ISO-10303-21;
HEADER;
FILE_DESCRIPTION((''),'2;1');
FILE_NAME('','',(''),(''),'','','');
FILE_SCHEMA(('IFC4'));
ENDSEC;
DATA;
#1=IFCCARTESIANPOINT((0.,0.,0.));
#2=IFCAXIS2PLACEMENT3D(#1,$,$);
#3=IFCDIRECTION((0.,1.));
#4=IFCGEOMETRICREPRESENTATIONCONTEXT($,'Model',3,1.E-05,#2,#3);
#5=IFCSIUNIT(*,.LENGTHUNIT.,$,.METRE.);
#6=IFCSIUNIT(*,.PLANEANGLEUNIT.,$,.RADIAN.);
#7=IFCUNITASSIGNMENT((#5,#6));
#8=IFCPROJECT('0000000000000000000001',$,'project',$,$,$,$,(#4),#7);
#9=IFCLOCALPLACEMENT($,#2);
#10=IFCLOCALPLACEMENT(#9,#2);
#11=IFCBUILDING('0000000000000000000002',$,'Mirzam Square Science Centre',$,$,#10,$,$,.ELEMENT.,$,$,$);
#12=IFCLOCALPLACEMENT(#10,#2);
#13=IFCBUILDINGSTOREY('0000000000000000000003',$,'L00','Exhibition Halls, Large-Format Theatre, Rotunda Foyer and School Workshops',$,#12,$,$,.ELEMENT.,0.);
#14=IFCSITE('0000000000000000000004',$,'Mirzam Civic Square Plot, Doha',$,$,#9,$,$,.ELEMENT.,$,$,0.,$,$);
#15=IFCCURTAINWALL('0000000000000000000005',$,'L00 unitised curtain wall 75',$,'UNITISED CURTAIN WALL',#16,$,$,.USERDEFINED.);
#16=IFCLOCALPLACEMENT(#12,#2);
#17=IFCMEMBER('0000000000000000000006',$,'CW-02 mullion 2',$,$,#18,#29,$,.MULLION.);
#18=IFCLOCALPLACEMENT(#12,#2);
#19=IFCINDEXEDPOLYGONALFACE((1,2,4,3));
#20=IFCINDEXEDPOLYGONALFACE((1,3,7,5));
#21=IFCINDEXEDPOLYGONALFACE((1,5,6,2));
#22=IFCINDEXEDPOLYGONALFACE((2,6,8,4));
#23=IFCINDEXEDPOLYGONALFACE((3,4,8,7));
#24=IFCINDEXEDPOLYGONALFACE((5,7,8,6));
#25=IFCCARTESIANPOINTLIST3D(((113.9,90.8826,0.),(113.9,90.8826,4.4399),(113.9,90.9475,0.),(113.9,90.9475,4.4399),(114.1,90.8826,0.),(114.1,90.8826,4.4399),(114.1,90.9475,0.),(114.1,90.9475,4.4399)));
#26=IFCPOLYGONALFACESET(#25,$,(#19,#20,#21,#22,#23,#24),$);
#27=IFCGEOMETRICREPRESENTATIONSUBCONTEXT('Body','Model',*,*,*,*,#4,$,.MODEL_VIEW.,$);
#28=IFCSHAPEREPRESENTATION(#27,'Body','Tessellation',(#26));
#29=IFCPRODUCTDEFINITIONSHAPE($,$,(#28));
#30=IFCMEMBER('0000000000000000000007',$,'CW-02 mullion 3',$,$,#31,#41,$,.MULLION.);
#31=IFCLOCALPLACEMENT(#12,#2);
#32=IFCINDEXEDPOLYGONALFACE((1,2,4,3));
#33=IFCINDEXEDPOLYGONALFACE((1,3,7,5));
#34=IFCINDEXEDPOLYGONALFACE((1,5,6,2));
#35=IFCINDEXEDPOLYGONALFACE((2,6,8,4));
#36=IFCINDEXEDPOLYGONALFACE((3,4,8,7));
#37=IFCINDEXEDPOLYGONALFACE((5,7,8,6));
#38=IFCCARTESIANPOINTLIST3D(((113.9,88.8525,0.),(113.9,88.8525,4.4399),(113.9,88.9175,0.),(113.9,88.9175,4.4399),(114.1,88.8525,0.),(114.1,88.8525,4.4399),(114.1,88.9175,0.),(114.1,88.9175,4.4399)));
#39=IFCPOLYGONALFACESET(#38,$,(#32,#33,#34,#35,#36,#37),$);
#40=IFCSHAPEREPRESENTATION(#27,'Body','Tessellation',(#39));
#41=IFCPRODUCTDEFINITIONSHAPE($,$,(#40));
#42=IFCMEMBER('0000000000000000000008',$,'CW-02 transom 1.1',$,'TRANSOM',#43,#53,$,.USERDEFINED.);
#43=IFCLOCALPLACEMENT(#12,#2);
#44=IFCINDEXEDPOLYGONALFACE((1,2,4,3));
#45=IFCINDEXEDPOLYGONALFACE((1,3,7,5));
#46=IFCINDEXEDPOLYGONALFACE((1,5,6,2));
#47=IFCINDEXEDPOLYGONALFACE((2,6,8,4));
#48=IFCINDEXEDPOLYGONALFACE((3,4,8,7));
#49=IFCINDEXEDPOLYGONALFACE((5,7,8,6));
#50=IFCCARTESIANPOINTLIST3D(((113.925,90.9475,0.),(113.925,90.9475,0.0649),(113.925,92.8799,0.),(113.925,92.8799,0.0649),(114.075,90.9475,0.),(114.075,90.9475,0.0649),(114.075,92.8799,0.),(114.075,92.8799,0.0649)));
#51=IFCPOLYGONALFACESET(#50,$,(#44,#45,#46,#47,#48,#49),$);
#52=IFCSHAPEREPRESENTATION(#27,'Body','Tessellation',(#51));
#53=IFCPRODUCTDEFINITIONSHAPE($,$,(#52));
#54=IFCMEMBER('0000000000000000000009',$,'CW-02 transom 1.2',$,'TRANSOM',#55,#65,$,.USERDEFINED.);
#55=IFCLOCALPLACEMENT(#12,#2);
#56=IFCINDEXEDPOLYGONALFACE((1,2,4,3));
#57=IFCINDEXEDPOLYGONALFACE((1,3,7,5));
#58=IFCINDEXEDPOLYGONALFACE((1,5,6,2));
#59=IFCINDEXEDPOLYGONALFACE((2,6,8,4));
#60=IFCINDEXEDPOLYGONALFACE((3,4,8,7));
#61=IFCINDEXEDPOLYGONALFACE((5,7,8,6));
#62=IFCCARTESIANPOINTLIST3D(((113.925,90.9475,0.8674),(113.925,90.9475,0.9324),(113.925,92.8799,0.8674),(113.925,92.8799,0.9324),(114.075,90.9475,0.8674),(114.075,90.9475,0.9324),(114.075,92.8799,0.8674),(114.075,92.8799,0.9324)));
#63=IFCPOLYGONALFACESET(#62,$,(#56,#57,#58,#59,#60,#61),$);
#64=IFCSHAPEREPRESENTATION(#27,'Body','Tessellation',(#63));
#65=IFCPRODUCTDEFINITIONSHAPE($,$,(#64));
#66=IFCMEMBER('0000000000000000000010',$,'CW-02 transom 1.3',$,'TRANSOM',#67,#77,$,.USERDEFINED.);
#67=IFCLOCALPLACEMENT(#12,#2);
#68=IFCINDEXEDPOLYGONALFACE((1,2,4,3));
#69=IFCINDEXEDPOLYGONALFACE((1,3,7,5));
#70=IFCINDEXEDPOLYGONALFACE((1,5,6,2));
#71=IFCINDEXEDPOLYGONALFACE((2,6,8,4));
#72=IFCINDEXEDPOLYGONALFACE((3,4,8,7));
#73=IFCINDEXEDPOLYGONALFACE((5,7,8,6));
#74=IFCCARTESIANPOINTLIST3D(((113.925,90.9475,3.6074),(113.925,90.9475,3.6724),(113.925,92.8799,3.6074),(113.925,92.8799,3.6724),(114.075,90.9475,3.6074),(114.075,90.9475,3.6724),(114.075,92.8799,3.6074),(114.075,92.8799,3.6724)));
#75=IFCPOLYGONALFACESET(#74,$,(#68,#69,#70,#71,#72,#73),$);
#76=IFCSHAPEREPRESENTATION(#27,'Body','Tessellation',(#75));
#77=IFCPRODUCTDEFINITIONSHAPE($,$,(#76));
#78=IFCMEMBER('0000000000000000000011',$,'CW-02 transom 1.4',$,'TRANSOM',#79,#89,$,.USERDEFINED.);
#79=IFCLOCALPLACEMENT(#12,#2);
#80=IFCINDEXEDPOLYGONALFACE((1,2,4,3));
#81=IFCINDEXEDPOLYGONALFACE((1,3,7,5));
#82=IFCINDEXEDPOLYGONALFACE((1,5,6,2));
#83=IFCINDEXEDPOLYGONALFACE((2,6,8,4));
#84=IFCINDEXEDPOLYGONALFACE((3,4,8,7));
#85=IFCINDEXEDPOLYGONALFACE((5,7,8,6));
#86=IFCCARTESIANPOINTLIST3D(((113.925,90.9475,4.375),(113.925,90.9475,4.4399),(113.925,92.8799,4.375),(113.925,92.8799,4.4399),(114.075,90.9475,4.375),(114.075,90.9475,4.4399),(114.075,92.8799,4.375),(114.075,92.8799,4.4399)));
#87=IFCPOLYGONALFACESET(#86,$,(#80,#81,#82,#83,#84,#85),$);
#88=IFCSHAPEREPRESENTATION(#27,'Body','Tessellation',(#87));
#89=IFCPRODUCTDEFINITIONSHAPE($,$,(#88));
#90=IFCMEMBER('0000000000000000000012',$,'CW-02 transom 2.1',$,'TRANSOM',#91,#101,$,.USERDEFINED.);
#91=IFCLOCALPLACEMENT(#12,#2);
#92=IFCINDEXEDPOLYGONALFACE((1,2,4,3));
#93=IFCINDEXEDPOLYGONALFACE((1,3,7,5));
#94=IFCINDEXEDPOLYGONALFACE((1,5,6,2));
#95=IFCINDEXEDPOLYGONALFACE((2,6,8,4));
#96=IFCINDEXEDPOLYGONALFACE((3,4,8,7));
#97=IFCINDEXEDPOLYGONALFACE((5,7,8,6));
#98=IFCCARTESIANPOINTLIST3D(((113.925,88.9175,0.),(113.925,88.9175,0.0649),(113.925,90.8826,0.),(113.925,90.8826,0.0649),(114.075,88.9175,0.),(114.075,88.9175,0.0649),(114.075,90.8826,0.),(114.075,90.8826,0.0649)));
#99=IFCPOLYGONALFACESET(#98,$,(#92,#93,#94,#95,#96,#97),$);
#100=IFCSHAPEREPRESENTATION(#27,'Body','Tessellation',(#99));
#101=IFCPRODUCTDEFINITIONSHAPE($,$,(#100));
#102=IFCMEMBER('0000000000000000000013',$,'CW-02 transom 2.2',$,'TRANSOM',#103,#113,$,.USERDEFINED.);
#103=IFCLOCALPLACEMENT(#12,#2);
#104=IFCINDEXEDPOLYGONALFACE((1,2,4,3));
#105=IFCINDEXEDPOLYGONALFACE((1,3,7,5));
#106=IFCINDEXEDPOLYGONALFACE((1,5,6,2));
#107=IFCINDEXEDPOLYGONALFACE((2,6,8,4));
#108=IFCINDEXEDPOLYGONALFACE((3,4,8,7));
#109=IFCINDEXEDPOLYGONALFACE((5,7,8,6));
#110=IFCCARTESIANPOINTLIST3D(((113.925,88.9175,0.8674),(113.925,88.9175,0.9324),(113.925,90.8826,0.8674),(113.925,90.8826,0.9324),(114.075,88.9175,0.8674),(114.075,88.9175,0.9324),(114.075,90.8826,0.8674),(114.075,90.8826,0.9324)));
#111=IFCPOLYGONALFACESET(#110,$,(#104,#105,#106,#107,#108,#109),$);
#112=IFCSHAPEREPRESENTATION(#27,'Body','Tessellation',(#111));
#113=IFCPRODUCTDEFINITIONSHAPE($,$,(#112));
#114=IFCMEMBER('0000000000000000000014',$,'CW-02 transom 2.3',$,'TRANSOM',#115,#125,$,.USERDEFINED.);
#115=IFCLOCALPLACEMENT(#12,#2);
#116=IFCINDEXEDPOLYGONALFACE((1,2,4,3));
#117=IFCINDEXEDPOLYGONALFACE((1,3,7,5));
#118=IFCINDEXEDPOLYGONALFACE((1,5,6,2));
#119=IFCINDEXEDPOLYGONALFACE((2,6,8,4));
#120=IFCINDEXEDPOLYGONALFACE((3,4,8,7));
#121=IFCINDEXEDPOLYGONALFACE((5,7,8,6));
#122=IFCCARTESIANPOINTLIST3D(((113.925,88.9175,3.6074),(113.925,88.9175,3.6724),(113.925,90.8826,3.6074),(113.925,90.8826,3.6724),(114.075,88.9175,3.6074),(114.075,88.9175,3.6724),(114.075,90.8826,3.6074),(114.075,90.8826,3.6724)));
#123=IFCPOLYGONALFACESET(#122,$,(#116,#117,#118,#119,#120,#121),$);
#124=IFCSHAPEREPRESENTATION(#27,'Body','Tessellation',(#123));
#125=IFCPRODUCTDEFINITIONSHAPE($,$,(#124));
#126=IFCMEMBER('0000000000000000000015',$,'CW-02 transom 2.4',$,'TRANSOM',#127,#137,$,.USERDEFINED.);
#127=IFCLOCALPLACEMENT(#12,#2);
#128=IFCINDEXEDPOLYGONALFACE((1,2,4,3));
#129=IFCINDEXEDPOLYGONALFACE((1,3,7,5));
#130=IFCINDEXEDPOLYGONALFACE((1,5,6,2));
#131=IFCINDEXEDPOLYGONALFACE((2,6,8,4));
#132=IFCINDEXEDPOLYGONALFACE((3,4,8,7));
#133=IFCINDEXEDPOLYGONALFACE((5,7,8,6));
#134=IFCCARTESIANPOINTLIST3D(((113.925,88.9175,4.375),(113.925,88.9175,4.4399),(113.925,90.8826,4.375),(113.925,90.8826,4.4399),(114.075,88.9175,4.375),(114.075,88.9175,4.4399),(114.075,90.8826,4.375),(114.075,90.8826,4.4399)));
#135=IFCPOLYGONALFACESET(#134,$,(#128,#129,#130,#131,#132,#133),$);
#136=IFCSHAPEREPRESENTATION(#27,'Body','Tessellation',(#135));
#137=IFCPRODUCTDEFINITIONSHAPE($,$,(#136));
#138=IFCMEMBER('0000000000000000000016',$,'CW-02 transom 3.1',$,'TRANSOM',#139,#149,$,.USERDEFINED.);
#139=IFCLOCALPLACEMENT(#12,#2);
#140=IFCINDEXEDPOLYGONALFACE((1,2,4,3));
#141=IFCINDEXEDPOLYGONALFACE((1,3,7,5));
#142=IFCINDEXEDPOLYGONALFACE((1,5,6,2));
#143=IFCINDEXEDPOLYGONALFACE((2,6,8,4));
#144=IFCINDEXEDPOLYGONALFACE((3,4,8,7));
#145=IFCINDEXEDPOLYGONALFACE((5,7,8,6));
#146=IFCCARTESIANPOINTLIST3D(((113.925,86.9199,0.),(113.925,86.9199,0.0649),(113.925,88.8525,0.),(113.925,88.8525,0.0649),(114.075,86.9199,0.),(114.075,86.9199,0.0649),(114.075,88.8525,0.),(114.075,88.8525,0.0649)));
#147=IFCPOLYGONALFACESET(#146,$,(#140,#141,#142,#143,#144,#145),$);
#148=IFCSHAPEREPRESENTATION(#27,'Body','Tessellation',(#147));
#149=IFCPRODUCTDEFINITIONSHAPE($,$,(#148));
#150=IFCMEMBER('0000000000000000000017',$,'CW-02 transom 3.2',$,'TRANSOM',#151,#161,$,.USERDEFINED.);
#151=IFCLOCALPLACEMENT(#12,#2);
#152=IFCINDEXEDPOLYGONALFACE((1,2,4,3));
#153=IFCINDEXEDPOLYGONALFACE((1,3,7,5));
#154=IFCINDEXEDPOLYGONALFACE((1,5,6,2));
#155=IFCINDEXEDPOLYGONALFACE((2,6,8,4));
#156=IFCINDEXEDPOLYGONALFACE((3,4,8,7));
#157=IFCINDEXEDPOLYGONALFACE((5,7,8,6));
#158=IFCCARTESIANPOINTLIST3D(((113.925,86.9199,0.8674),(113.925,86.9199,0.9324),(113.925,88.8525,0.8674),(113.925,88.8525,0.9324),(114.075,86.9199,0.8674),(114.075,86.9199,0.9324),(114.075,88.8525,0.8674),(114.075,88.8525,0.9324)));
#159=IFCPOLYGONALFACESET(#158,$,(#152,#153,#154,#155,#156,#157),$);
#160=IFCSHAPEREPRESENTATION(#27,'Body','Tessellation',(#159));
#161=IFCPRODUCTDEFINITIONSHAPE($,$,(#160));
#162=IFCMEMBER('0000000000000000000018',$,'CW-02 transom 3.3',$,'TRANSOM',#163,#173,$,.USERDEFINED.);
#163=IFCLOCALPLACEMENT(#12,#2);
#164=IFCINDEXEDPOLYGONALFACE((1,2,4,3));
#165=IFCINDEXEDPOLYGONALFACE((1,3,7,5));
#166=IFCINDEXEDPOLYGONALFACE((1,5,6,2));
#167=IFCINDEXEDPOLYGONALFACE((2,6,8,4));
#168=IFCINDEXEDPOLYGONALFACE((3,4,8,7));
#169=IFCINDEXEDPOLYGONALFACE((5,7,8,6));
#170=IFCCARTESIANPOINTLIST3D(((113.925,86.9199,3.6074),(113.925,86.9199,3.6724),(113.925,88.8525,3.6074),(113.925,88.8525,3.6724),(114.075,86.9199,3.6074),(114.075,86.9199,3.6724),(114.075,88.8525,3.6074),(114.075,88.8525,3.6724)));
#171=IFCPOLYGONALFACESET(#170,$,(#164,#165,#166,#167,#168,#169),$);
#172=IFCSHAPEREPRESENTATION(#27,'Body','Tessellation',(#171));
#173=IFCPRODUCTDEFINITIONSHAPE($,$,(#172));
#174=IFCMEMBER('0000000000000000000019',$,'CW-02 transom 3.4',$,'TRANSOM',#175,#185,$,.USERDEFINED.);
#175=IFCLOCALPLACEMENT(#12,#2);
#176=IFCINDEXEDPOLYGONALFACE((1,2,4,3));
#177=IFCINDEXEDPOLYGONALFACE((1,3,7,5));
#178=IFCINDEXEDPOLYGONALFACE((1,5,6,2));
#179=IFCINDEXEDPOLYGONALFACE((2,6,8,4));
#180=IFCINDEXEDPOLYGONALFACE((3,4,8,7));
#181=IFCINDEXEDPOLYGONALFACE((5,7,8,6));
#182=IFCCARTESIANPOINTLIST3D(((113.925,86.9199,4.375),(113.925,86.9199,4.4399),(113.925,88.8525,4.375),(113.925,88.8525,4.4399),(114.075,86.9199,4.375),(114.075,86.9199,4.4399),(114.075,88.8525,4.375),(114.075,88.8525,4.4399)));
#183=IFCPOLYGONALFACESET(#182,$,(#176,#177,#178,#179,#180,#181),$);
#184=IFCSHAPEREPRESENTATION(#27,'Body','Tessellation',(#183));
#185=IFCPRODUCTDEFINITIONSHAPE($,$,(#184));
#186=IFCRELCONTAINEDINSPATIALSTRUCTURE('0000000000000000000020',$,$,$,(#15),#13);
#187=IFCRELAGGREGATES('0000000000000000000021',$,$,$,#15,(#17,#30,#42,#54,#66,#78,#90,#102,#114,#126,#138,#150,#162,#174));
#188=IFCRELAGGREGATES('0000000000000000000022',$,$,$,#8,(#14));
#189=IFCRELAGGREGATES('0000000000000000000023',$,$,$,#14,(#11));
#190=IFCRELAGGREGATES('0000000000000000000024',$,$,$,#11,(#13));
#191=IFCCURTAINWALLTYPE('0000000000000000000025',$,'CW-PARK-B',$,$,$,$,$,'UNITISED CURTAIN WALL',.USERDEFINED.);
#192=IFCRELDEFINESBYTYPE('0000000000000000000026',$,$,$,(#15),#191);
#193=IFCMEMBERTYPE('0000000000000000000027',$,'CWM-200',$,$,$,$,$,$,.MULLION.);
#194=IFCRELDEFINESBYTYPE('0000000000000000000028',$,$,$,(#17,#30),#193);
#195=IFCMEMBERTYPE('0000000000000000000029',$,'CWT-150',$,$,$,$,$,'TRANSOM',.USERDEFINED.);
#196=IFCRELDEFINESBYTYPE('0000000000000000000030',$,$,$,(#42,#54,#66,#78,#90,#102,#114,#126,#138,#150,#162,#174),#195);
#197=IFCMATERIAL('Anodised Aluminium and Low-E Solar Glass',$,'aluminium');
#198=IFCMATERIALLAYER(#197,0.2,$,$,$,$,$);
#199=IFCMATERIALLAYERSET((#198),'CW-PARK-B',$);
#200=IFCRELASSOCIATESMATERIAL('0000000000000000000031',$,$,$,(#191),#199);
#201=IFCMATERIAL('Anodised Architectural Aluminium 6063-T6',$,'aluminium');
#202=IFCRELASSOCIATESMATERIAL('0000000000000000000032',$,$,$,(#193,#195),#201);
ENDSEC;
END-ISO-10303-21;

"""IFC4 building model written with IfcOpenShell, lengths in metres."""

from ifc_helpers import new_model, si_unit, direction, frame, origin, origin_2d, place, context, subcontext, project, spatial, rectangle, extrude, material, layer, layer_set, material_profile, profile_set, type_object, element, aggregate, save


model = new_model("IFC4")

# Units and contexts
model_context = context("Model", 3, precision=1e-05, world=origin(), true_north=direction((0.0, 1.0)))
body_context = subcontext(model_context, "Body", "Model", "MODEL_VIEW")
ifc_project = project(units=[si_unit("LENGTHUNIT", "METRE"), si_unit("PLANEANGLEUNIT", "RADIAN")], contexts=[model_context])

# Site, building, storey
site_placement = place(None, origin())
site = spatial("IfcSite", under=ifc_project, at=site_placement, Name="Mirzam Civic Square Plot, Doha", CompositionType="ELEMENT", RefElevation=0.0)
building_placement = place(site_placement, origin())
building = spatial("IfcBuilding", under=site, at=building_placement, Name="Mirzam Square Science Centre", CompositionType="ELEMENT")
storey_placement = place(building_placement, origin())
storey = spatial("IfcBuildingStorey", under=building, at=storey_placement, Name="L00", Description="Exhibition Halls, Large-Format Theatre, Rotunda Foyer and School Workshops", CompositionType="ELEMENT", Elevation=0.0)

# Curtain wall, members
ifc_material_1 = material(Name="Anodised Aluminium and Low-E Solar Glass", Category="aluminium")
ifc_layer_1 = layer(ifc_material_1, 0.2)
ifc_layer_set_1 = layer_set([ifc_layer_1], Name="CW-PARK-B")
curtain_wall_type = type_object("IfcCurtainWallType", Name="CW-PARK-B", ElementType="UNITISED CURTAIN WALL", PredefinedType="USERDEFINED", material=ifc_layer_set_1)
curtain_wall_placement = place(storey_placement, origin())
curtain_wall = element("IfcCurtainWall", 1, at=curtain_wall_placement, inside=storey, type_object=curtain_wall_type, Name="L00 unitised curtain wall 75", ObjectType="UNITISED CURTAIN WALL", PredefinedType="USERDEFINED")
ifc_material_2 = material(Name="Anodised Architectural Aluminium 6063-T6", Category="aluminium")
ifc_material_profile_1 = material_profile(ifc_material_2, rectangle(XDim=0.0649, YDim=0.2, at=origin_2d()), Name="ALU-MULL-200x65x5")
ifc_profile_set_1 = profile_set([ifc_material_profile_1], Name="Anodised Architectural Aluminium 6063-T6")
member_type_1 = type_object("IfcMemberType", Name="CWM-200", PredefinedType="MULLION", material=ifc_profile_set_1)
member_1_placement = place(storey_placement, frame((114.0, 90.915, 0.0), z_axis=(0.0, 0.0, 1.0), x_axis=(0.0, -1.0, 0.0)))
member_1 = element("IfcMember", 2, at=member_1_placement, type_object=member_type_1, Name="CW-02 mullion 2", PredefinedType="MULLION", context=body_context, shape_type="SweptSolid", body=[
    extrude(rectangle(XDim=0.0649, YDim=0.2, at=origin_2d()), origin(), (0.0, 0.0, 1.0), 4.4399),
])
member_2_placement = place(storey_placement, frame((114.0, 88.885, 0.0), z_axis=(0.0, 0.0, 1.0), x_axis=(0.0, -1.0, 0.0)))
member_2 = element("IfcMember", 3, at=member_2_placement, type_object=member_type_1, Name="CW-02 mullion 3", PredefinedType="MULLION", context=body_context, shape_type="SweptSolid", body=[
    extrude(rectangle(XDim=0.0649, YDim=0.2, at=origin_2d()), origin(), (0.0, 0.0, 1.0), 4.4399),
])
ifc_material_profile_2 = material_profile(ifc_material_2, rectangle(XDim=0.1499, YDim=0.0649, at=origin_2d()), Name="ALU-TRAN-150x65x4")
ifc_profile_set_2 = profile_set([ifc_material_profile_2], Name="Anodised Architectural Aluminium 6063-T6")
member_type_2 = type_object("IfcMemberType", Name="CWT-150", ElementType="TRANSOM", PredefinedType="USERDEFINED", material=ifc_profile_set_2)
member_3_placement = place(storey_placement, frame((114.0, 92.8799, 0.0325), z_axis=(0.0, -1.0, 0.0), x_axis=(1.0, 0.0, 0.0)))
member_3 = element("IfcMember", 4, at=member_3_placement, type_object=member_type_2, Name="CW-02 transom 1.1", ObjectType="TRANSOM", PredefinedType="USERDEFINED", context=body_context, shape_type="SweptSolid", body=[
    extrude(rectangle(XDim=0.1499, YDim=0.0649, at=origin_2d()), origin(), (0.0, 0.0, 1.0), 1.9324),
])
member_4_placement = place(storey_placement, frame((114.0, 92.8799, 0.8999), z_axis=(0.0, -1.0, 0.0), x_axis=(1.0, 0.0, 0.0)))
member_4 = element("IfcMember", 5, at=member_4_placement, type_object=member_type_2, Name="CW-02 transom 1.2", ObjectType="TRANSOM", PredefinedType="USERDEFINED", context=body_context, shape_type="SweptSolid", body=[
    extrude(rectangle(XDim=0.1499, YDim=0.0649, at=origin_2d()), origin(), (0.0, 0.0, 1.0), 1.9324),
])
member_5_placement = place(storey_placement, frame((114.0, 92.8799, 3.6399), z_axis=(0.0, -1.0, 0.0), x_axis=(1.0, 0.0, 0.0)))
member_5 = element("IfcMember", 6, at=member_5_placement, type_object=member_type_2, Name="CW-02 transom 1.3", ObjectType="TRANSOM", PredefinedType="USERDEFINED", context=body_context, shape_type="SweptSolid", body=[
    extrude(rectangle(XDim=0.1499, YDim=0.0649, at=origin_2d()), origin(), (0.0, 0.0, 1.0), 1.9324),
])
member_6_placement = place(storey_placement, frame((114.0, 92.8799, 4.4075), z_axis=(0.0, -1.0, 0.0), x_axis=(1.0, 0.0, 0.0)))
member_6 = element("IfcMember", 7, at=member_6_placement, type_object=member_type_2, Name="CW-02 transom 1.4", ObjectType="TRANSOM", PredefinedType="USERDEFINED", context=body_context, shape_type="SweptSolid", body=[
    extrude(rectangle(XDim=0.1499, YDim=0.0649, at=origin_2d()), origin(), (0.0, 0.0, 1.0), 1.9324),
])
member_7_placement = place(storey_placement, frame((114.0, 90.8826, 0.0325), z_axis=(0.0, -1.0, 0.0), x_axis=(1.0, 0.0, 0.0)))
member_7 = element("IfcMember", 8, at=member_7_placement, type_object=member_type_2, Name="CW-02 transom 2.1", ObjectType="TRANSOM", PredefinedType="USERDEFINED", context=body_context, shape_type="SweptSolid", body=[
    extrude(rectangle(XDim=0.1499, YDim=0.0649, at=origin_2d()), origin(), (0.0, 0.0, 1.0), 1.9651),
])
member_8_placement = place(storey_placement, frame((114.0, 90.8826, 0.8999), z_axis=(0.0, -1.0, 0.0), x_axis=(1.0, 0.0, 0.0)))
member_8 = element("IfcMember", 9, at=member_8_placement, type_object=member_type_2, Name="CW-02 transom 2.2", ObjectType="TRANSOM", PredefinedType="USERDEFINED", context=body_context, shape_type="SweptSolid", body=[
    extrude(rectangle(XDim=0.1499, YDim=0.0649, at=origin_2d()), origin(), (0.0, 0.0, 1.0), 1.9651),
])
member_9_placement = place(storey_placement, frame((114.0, 90.8826, 3.6399), z_axis=(0.0, -1.0, 0.0), x_axis=(1.0, 0.0, 0.0)))
member_9 = element("IfcMember", 10, at=member_9_placement, type_object=member_type_2, Name="CW-02 transom 2.3", ObjectType="TRANSOM", PredefinedType="USERDEFINED", context=body_context, shape_type="SweptSolid", body=[
    extrude(rectangle(XDim=0.1499, YDim=0.0649, at=origin_2d()), origin(), (0.0, 0.0, 1.0), 1.9651),
])
member_10_placement = place(storey_placement, frame((114.0, 90.8826, 4.4075), z_axis=(0.0, -1.0, 0.0), x_axis=(1.0, 0.0, 0.0)))
member_10 = element("IfcMember", 11, at=member_10_placement, type_object=member_type_2, Name="CW-02 transom 2.4", ObjectType="TRANSOM", PredefinedType="USERDEFINED", context=body_context, shape_type="SweptSolid", body=[
    extrude(rectangle(XDim=0.1499, YDim=0.0649, at=origin_2d()), origin(), (0.0, 0.0, 1.0), 1.9651),
])
member_11_placement = place(storey_placement, frame((114.0, 88.8525, 0.0325), z_axis=(0.0, -1.0, 0.0), x_axis=(1.0, 0.0, 0.0)))
member_11 = element("IfcMember", 12, at=member_11_placement, type_object=member_type_2, Name="CW-02 transom 3.1", ObjectType="TRANSOM", PredefinedType="USERDEFINED", context=body_context, shape_type="SweptSolid", body=[
    extrude(rectangle(XDim=0.1499, YDim=0.0649, at=origin_2d()), origin(), (0.0, 0.0, 1.0), 1.9326),
])
member_12_placement = place(storey_placement, frame((114.0, 88.8525, 0.8999), z_axis=(0.0, -1.0, 0.0), x_axis=(1.0, 0.0, 0.0)))
member_12 = element("IfcMember", 13, at=member_12_placement, type_object=member_type_2, Name="CW-02 transom 3.2", ObjectType="TRANSOM", PredefinedType="USERDEFINED", context=body_context, shape_type="SweptSolid", body=[
    extrude(rectangle(XDim=0.1499, YDim=0.0649, at=origin_2d()), origin(), (0.0, 0.0, 1.0), 1.9326),
])
member_13_placement = place(storey_placement, frame((114.0, 88.8525, 3.6399), z_axis=(0.0, -1.0, 0.0), x_axis=(1.0, 0.0, 0.0)))
member_13 = element("IfcMember", 14, at=member_13_placement, type_object=member_type_2, Name="CW-02 transom 3.3", ObjectType="TRANSOM", PredefinedType="USERDEFINED", context=body_context, shape_type="SweptSolid", body=[
    extrude(rectangle(XDim=0.1499, YDim=0.0649, at=origin_2d()), origin(), (0.0, 0.0, 1.0), 1.9326),
])
member_14_placement = place(storey_placement, frame((114.0, 88.8525, 4.4075), z_axis=(0.0, -1.0, 0.0), x_axis=(1.0, 0.0, 0.0)))
member_14 = element("IfcMember", 15, at=member_14_placement, type_object=member_type_2, Name="CW-02 transom 3.4", ObjectType="TRANSOM", PredefinedType="USERDEFINED", context=body_context, shape_type="SweptSolid", body=[
    extrude(rectangle(XDim=0.1499, YDim=0.0649, at=origin_2d()), origin(), (0.0, 0.0, 1.0), 1.9326),
])
aggregate(curtain_wall, [member_1, member_2, member_3, member_4, member_5, member_6, member_7, member_8, member_9, member_10, member_11, member_12, member_13, member_14])

save(model, "model.ifc")
